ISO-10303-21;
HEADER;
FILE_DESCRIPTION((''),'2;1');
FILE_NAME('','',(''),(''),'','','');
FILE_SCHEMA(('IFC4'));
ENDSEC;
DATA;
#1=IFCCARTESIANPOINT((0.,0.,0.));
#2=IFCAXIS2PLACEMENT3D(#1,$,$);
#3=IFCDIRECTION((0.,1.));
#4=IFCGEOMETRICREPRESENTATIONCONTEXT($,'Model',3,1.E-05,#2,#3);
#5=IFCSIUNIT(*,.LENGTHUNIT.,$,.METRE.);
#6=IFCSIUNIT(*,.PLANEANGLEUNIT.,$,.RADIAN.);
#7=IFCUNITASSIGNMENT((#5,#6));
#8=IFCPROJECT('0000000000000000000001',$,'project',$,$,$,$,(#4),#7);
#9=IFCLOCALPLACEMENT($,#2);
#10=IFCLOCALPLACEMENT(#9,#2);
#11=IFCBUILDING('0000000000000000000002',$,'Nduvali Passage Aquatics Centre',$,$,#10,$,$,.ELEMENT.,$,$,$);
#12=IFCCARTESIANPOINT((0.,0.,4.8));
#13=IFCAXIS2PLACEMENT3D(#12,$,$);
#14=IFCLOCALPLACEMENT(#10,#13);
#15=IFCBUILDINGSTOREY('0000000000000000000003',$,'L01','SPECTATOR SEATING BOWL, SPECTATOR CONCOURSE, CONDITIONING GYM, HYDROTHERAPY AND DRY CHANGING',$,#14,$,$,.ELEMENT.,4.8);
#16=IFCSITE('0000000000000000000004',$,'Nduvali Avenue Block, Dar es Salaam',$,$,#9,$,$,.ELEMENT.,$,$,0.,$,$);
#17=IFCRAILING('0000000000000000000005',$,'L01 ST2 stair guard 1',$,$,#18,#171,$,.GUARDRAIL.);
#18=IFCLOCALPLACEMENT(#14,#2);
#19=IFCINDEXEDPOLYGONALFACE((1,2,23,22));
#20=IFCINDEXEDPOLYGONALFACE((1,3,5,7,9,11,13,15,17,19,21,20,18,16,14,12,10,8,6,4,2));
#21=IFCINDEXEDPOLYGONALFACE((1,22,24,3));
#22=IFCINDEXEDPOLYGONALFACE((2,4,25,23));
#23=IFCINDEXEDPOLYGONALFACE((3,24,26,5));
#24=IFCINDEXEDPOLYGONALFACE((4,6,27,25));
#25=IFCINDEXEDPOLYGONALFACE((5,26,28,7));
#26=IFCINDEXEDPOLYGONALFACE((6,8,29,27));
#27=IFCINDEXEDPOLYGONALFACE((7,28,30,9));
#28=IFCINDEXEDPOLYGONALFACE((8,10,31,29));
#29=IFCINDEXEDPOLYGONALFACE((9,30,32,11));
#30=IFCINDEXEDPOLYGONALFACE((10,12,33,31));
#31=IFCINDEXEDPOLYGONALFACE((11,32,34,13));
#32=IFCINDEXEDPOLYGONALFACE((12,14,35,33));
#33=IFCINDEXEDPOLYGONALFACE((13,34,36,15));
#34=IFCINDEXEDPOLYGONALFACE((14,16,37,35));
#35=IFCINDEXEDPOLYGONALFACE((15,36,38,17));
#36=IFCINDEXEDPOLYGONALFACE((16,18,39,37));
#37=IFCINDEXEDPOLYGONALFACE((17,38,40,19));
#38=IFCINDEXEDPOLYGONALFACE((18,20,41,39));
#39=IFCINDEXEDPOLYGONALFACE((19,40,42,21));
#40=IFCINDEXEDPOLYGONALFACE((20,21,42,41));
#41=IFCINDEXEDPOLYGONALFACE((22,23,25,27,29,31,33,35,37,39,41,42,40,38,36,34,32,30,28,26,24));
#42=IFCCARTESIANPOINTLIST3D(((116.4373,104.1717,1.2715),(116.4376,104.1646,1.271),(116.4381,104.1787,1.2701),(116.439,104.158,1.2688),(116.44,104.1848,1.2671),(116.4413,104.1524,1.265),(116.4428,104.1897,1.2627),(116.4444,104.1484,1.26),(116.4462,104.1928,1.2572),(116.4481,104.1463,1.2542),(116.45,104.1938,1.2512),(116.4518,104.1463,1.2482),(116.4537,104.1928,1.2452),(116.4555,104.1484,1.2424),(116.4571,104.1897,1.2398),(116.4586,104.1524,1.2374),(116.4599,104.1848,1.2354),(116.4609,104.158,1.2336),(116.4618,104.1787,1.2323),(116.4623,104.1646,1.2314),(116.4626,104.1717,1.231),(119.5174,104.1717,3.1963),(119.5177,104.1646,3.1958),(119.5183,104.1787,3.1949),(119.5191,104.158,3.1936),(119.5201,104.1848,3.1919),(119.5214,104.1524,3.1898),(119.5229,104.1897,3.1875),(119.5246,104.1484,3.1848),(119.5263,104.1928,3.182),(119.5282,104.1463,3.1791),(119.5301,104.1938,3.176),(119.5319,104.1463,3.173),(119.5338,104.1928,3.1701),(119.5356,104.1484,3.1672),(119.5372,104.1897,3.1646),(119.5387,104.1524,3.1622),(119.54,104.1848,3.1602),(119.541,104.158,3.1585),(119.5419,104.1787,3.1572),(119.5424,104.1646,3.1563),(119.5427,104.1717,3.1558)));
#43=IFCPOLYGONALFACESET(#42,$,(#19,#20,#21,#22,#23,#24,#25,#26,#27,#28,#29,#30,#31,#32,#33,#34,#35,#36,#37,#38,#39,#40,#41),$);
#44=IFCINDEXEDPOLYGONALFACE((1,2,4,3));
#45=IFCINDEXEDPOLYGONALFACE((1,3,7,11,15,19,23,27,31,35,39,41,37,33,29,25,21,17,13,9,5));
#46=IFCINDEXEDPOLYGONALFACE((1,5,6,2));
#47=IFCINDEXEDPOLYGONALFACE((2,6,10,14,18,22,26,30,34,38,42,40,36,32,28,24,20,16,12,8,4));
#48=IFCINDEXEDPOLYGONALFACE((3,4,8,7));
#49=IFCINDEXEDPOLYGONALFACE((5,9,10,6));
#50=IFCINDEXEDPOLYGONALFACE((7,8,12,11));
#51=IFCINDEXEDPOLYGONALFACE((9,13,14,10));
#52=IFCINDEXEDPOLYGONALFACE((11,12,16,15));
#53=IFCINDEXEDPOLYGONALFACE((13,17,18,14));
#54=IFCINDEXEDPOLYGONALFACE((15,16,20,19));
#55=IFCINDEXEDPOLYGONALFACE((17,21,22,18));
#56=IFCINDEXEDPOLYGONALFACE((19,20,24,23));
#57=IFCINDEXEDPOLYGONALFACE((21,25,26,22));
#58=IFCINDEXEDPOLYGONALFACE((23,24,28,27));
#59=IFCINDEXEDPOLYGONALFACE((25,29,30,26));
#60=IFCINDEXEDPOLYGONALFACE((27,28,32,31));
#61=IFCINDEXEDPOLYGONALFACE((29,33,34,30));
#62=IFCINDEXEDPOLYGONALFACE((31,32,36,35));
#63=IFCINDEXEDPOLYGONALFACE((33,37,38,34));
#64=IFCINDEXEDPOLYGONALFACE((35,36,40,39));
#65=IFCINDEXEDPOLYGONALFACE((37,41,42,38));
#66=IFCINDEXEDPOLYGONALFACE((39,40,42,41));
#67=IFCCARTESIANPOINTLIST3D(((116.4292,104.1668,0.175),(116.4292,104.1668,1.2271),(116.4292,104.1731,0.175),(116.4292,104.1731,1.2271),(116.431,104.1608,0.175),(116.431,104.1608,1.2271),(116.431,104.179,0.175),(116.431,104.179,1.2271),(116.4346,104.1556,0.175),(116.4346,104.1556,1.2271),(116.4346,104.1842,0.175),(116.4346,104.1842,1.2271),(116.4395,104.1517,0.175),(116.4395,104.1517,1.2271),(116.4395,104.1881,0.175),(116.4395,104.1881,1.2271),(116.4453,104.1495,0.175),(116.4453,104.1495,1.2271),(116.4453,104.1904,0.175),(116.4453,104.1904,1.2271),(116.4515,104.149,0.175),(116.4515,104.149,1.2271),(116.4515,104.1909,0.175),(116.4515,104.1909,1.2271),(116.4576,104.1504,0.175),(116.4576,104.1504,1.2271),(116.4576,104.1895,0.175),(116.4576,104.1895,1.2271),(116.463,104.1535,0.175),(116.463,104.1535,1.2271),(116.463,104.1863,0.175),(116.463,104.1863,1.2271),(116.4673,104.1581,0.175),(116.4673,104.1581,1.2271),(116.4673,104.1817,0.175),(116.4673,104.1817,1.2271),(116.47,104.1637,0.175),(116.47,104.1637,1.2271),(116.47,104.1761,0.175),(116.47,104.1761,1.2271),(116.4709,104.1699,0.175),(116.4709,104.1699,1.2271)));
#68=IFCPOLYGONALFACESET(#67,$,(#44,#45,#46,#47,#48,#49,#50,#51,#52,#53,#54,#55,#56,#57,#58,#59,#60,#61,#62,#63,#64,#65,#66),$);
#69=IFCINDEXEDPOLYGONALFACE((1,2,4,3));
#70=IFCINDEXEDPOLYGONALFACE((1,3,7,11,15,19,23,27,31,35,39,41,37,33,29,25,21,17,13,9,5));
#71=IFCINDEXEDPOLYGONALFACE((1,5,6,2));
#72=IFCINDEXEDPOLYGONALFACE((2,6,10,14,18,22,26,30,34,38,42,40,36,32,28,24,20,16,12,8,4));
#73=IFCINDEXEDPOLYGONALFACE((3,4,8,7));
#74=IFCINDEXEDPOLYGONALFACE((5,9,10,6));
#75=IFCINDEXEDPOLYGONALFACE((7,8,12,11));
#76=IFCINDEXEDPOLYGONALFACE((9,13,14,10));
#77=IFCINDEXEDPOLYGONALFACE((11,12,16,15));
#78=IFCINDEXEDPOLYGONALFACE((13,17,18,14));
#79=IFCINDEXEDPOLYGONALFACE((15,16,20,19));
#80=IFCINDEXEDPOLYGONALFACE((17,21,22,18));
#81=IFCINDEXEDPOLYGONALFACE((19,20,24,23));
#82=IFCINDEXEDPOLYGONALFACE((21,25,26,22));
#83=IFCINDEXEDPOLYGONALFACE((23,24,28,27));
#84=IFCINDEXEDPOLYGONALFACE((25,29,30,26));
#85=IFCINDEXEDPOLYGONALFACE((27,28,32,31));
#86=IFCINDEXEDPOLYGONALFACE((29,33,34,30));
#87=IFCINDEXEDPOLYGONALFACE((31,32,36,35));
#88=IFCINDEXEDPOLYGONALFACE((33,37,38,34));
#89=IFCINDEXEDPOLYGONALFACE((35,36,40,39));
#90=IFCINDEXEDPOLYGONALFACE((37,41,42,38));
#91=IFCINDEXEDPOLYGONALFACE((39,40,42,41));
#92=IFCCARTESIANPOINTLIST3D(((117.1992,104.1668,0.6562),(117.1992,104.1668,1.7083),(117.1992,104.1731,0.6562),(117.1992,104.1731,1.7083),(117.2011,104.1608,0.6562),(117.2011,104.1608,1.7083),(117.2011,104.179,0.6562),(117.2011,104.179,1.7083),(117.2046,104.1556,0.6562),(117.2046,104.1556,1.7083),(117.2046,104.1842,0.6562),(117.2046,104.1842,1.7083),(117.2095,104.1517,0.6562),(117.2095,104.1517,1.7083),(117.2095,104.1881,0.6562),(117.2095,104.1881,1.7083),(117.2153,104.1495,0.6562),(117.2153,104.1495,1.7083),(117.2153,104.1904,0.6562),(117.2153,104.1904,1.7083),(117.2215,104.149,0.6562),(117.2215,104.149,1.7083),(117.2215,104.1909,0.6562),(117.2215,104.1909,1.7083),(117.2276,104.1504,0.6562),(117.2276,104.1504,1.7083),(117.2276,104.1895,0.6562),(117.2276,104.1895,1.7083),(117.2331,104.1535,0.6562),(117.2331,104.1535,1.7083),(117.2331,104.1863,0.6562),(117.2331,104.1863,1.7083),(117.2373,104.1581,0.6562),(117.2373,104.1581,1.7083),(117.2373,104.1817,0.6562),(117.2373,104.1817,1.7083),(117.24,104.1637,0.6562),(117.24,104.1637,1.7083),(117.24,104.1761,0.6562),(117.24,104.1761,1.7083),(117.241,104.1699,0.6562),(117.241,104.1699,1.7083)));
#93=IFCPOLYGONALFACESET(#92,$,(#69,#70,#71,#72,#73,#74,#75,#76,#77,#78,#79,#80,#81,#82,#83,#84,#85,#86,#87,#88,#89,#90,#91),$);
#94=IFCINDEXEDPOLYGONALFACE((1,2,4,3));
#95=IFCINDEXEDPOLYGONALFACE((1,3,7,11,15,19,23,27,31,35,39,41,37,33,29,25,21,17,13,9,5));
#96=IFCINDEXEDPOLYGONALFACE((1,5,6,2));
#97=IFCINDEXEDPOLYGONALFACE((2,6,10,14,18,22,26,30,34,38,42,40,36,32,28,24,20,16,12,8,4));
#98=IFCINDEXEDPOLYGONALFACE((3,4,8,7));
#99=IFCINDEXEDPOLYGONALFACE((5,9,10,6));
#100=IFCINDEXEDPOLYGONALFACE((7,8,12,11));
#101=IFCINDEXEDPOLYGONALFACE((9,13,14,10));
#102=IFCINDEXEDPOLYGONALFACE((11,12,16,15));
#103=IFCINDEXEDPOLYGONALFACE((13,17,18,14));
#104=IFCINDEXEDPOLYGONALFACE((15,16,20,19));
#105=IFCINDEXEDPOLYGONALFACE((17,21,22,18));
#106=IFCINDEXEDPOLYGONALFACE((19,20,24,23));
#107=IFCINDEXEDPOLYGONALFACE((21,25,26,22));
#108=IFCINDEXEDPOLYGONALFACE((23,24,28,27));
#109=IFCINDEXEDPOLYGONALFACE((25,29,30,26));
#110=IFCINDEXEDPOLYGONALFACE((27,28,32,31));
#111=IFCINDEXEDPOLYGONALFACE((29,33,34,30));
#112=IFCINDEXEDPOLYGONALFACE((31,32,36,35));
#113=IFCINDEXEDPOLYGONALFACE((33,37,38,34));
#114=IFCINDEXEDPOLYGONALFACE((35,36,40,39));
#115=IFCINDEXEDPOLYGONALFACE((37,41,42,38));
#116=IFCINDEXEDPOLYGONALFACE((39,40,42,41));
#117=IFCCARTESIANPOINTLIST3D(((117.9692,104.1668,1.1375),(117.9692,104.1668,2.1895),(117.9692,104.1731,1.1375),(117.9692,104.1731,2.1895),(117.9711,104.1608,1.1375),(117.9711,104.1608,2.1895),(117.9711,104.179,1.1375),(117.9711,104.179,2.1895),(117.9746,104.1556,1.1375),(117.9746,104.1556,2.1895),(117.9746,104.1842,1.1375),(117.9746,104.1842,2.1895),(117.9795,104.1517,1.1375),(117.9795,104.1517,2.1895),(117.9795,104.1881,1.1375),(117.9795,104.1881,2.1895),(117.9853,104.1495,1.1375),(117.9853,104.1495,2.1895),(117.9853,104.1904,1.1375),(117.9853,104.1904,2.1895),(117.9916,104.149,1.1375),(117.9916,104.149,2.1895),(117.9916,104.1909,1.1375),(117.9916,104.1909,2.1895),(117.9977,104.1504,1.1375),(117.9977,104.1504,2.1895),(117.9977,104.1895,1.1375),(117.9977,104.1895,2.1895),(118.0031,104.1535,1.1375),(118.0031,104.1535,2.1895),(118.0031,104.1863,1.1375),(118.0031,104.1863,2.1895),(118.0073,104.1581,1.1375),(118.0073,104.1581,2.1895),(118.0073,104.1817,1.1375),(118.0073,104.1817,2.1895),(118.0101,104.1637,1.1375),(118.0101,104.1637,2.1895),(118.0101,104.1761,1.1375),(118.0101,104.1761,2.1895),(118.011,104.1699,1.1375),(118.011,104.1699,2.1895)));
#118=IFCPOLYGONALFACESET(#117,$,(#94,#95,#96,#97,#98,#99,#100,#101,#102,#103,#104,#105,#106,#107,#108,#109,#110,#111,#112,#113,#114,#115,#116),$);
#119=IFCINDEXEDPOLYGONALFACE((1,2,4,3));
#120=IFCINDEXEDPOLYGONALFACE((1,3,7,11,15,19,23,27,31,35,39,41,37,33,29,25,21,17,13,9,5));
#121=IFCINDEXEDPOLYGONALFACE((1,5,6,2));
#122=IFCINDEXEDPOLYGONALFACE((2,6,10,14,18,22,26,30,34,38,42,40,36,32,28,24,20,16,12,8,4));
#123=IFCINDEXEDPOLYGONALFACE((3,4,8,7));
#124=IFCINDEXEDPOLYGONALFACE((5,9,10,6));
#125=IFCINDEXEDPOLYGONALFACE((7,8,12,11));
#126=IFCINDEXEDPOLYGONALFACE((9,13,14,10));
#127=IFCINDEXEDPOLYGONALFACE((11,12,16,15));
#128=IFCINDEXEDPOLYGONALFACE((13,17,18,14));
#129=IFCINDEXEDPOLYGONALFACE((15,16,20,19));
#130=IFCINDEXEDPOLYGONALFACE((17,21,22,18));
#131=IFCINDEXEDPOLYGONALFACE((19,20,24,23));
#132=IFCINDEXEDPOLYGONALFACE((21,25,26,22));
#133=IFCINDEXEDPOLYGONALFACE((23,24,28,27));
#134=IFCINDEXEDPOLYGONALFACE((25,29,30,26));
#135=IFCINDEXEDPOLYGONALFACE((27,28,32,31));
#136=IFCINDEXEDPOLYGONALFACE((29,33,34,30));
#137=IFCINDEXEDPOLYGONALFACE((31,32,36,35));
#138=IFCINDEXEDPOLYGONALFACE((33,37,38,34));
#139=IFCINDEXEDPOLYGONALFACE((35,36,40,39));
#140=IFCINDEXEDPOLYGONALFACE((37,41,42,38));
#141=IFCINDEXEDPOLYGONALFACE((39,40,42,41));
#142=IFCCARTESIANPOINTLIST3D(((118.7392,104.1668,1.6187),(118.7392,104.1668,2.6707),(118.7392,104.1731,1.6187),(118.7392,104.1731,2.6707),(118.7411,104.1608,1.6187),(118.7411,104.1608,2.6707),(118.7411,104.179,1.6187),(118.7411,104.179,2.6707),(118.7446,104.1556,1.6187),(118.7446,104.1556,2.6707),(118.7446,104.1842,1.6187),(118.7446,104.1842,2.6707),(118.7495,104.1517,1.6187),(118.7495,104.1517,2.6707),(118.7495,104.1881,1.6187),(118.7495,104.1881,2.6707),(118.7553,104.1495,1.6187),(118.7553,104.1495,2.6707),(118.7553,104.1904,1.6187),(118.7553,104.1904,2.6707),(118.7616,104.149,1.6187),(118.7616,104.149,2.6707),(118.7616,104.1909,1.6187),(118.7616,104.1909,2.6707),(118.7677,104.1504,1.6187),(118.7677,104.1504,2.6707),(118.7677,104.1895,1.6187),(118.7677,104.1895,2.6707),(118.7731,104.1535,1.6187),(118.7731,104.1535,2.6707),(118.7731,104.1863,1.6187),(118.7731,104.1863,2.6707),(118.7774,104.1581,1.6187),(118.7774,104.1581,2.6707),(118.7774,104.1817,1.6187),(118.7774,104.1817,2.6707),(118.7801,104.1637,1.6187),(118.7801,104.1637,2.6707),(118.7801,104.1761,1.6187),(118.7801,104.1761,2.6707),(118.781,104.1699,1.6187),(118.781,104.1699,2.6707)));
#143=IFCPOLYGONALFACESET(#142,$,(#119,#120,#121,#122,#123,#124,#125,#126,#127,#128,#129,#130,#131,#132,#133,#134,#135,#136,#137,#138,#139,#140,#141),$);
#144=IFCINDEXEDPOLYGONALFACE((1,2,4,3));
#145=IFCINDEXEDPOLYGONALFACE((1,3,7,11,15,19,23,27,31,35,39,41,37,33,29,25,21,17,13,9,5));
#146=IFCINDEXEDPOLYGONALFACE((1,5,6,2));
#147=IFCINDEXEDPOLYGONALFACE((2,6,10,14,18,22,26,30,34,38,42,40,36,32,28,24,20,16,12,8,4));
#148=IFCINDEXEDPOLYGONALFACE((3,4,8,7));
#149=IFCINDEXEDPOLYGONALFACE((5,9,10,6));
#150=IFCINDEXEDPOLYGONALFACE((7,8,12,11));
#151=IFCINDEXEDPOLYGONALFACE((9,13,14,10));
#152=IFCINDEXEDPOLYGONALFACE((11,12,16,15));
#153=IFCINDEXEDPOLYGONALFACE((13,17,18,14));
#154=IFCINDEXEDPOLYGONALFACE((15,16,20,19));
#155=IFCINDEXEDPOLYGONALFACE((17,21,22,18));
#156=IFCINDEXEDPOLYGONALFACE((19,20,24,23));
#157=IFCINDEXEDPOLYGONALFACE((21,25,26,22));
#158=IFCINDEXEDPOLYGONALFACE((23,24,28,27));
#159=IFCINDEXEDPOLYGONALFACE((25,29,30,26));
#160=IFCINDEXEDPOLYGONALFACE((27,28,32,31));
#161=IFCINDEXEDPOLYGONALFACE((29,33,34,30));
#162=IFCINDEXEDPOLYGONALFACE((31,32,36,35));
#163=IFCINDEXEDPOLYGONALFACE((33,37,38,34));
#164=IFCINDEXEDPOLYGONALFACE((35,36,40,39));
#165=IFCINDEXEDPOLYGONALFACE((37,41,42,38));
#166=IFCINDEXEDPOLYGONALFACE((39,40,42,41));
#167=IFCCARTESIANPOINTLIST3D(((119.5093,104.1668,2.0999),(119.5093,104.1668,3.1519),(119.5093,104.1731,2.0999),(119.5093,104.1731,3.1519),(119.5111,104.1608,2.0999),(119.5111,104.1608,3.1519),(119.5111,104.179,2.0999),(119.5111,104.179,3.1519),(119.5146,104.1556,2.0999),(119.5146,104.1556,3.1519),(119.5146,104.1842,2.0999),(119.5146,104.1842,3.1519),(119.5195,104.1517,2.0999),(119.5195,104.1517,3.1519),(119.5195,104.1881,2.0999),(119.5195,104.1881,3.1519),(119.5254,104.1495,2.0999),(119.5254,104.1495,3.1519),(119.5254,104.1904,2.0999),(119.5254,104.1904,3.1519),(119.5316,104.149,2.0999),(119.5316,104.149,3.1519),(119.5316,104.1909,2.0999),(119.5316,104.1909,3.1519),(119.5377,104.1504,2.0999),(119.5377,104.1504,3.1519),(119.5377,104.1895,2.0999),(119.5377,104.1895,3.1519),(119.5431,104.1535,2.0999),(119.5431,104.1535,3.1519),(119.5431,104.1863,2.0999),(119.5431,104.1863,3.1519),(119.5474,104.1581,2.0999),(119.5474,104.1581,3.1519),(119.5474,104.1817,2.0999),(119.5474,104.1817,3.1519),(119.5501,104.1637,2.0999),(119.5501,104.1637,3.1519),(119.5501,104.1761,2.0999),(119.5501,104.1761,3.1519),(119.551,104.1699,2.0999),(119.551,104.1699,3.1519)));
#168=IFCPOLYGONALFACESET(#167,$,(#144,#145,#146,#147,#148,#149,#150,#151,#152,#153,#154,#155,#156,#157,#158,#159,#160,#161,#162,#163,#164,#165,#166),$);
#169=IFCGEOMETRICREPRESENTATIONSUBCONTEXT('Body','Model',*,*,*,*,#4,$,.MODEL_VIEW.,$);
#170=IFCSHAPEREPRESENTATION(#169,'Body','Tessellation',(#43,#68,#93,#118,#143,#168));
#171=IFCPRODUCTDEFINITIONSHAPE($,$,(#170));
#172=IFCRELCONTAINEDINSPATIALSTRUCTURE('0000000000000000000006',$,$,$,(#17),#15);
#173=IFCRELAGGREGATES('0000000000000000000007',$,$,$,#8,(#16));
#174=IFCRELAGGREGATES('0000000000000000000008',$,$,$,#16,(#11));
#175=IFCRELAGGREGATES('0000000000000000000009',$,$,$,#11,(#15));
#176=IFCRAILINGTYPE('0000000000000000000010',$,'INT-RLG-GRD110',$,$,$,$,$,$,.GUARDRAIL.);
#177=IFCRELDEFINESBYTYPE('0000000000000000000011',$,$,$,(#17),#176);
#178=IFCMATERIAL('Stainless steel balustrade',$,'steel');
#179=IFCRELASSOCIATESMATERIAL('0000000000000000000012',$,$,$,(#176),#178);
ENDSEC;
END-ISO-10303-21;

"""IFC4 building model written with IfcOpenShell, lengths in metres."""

from ifc_helpers import new_model, si_unit, direction, frame, origin, origin_2d, place, context, subcontext, project, spatial, circle, extrude, material, type_object, element, save


model = new_model("IFC4")

# Units and contexts
model_context = context("Model", 3, precision=1e-05, world=origin(), true_north=direction((0.0, 1.0)))
body_context = subcontext(model_context, "Body", "Model", "MODEL_VIEW")
ifc_project = project(units=[si_unit("LENGTHUNIT", "METRE"), si_unit("PLANEANGLEUNIT", "RADIAN")], contexts=[model_context])

# Site, building, storey
site_placement = place(None, origin())
site = spatial("IfcSite", under=ifc_project, at=site_placement, Name="Nduvali Avenue Block, Dar es Salaam", CompositionType="ELEMENT", RefElevation=0.0)
building_placement = place(site_placement, origin())
building = spatial("IfcBuilding", under=site, at=building_placement, Name="Nduvali Passage Aquatics Centre", CompositionType="ELEMENT")
storey_placement = place(building_placement, frame((0.0, 0.0, 4.8)))
storey = spatial("IfcBuildingStorey", under=building, at=storey_placement, Name="L01", Description="SPECTATOR SEATING BOWL, SPECTATOR CONCOURSE, CONDITIONING GYM, HYDROTHERAPY AND DRY CHANGING", CompositionType="ELEMENT", Elevation=4.8)

# Railing
ifc_material_1 = material(Name="Stainless steel balustrade", Category="steel")
railing_type_1 = type_object("IfcRailingType", Name="INT-RLG-GRD110", PredefinedType="GUARDRAIL", material=ifc_material_1)
railing_1_placement = place(storey_placement, frame((116.45, 104.1699, 0.175)))
element("IfcRailing", 1, at=railing_1_placement, inside=storey, type_object=railing_type_1, Name="L01 ST2 stair guard 1", PredefinedType="GUARDRAIL", context=body_context, shape_type="SweptSolid", body=[
    extrude(circle(Radius=0.0239, at=origin_2d()), frame((0.0, 0.0, 1.0762), z_axis=(0.848029, 0.0, 0.529951), x_axis=(0.0, 1.0, 0.0)), (0.0, 0.0, 1.0), 3.6321),
    extrude(circle(Radius=0.021, at=origin_2d()), origin(), (0.0, 0.0, 1.0), 1.052),
    extrude(circle(Radius=0.021, at=origin_2d()), frame((0.77, 0.0, 0.4812)), (0.0, 0.0, 1.0), 1.052),
    extrude(circle(Radius=0.021, at=origin_2d()), frame((1.54, 0.0, 0.9624)), (0.0, 0.0, 1.0), 1.052),
    extrude(circle(Radius=0.021, at=origin_2d()), frame((2.3101, 0.0, 1.4436)), (0.0, 0.0, 1.0), 1.052),
    extrude(circle(Radius=0.021, at=origin_2d()), frame((3.0801, 0.0, 1.9248)), (0.0, 0.0, 1.0), 1.052),
])

save(model, "model.ifc")
